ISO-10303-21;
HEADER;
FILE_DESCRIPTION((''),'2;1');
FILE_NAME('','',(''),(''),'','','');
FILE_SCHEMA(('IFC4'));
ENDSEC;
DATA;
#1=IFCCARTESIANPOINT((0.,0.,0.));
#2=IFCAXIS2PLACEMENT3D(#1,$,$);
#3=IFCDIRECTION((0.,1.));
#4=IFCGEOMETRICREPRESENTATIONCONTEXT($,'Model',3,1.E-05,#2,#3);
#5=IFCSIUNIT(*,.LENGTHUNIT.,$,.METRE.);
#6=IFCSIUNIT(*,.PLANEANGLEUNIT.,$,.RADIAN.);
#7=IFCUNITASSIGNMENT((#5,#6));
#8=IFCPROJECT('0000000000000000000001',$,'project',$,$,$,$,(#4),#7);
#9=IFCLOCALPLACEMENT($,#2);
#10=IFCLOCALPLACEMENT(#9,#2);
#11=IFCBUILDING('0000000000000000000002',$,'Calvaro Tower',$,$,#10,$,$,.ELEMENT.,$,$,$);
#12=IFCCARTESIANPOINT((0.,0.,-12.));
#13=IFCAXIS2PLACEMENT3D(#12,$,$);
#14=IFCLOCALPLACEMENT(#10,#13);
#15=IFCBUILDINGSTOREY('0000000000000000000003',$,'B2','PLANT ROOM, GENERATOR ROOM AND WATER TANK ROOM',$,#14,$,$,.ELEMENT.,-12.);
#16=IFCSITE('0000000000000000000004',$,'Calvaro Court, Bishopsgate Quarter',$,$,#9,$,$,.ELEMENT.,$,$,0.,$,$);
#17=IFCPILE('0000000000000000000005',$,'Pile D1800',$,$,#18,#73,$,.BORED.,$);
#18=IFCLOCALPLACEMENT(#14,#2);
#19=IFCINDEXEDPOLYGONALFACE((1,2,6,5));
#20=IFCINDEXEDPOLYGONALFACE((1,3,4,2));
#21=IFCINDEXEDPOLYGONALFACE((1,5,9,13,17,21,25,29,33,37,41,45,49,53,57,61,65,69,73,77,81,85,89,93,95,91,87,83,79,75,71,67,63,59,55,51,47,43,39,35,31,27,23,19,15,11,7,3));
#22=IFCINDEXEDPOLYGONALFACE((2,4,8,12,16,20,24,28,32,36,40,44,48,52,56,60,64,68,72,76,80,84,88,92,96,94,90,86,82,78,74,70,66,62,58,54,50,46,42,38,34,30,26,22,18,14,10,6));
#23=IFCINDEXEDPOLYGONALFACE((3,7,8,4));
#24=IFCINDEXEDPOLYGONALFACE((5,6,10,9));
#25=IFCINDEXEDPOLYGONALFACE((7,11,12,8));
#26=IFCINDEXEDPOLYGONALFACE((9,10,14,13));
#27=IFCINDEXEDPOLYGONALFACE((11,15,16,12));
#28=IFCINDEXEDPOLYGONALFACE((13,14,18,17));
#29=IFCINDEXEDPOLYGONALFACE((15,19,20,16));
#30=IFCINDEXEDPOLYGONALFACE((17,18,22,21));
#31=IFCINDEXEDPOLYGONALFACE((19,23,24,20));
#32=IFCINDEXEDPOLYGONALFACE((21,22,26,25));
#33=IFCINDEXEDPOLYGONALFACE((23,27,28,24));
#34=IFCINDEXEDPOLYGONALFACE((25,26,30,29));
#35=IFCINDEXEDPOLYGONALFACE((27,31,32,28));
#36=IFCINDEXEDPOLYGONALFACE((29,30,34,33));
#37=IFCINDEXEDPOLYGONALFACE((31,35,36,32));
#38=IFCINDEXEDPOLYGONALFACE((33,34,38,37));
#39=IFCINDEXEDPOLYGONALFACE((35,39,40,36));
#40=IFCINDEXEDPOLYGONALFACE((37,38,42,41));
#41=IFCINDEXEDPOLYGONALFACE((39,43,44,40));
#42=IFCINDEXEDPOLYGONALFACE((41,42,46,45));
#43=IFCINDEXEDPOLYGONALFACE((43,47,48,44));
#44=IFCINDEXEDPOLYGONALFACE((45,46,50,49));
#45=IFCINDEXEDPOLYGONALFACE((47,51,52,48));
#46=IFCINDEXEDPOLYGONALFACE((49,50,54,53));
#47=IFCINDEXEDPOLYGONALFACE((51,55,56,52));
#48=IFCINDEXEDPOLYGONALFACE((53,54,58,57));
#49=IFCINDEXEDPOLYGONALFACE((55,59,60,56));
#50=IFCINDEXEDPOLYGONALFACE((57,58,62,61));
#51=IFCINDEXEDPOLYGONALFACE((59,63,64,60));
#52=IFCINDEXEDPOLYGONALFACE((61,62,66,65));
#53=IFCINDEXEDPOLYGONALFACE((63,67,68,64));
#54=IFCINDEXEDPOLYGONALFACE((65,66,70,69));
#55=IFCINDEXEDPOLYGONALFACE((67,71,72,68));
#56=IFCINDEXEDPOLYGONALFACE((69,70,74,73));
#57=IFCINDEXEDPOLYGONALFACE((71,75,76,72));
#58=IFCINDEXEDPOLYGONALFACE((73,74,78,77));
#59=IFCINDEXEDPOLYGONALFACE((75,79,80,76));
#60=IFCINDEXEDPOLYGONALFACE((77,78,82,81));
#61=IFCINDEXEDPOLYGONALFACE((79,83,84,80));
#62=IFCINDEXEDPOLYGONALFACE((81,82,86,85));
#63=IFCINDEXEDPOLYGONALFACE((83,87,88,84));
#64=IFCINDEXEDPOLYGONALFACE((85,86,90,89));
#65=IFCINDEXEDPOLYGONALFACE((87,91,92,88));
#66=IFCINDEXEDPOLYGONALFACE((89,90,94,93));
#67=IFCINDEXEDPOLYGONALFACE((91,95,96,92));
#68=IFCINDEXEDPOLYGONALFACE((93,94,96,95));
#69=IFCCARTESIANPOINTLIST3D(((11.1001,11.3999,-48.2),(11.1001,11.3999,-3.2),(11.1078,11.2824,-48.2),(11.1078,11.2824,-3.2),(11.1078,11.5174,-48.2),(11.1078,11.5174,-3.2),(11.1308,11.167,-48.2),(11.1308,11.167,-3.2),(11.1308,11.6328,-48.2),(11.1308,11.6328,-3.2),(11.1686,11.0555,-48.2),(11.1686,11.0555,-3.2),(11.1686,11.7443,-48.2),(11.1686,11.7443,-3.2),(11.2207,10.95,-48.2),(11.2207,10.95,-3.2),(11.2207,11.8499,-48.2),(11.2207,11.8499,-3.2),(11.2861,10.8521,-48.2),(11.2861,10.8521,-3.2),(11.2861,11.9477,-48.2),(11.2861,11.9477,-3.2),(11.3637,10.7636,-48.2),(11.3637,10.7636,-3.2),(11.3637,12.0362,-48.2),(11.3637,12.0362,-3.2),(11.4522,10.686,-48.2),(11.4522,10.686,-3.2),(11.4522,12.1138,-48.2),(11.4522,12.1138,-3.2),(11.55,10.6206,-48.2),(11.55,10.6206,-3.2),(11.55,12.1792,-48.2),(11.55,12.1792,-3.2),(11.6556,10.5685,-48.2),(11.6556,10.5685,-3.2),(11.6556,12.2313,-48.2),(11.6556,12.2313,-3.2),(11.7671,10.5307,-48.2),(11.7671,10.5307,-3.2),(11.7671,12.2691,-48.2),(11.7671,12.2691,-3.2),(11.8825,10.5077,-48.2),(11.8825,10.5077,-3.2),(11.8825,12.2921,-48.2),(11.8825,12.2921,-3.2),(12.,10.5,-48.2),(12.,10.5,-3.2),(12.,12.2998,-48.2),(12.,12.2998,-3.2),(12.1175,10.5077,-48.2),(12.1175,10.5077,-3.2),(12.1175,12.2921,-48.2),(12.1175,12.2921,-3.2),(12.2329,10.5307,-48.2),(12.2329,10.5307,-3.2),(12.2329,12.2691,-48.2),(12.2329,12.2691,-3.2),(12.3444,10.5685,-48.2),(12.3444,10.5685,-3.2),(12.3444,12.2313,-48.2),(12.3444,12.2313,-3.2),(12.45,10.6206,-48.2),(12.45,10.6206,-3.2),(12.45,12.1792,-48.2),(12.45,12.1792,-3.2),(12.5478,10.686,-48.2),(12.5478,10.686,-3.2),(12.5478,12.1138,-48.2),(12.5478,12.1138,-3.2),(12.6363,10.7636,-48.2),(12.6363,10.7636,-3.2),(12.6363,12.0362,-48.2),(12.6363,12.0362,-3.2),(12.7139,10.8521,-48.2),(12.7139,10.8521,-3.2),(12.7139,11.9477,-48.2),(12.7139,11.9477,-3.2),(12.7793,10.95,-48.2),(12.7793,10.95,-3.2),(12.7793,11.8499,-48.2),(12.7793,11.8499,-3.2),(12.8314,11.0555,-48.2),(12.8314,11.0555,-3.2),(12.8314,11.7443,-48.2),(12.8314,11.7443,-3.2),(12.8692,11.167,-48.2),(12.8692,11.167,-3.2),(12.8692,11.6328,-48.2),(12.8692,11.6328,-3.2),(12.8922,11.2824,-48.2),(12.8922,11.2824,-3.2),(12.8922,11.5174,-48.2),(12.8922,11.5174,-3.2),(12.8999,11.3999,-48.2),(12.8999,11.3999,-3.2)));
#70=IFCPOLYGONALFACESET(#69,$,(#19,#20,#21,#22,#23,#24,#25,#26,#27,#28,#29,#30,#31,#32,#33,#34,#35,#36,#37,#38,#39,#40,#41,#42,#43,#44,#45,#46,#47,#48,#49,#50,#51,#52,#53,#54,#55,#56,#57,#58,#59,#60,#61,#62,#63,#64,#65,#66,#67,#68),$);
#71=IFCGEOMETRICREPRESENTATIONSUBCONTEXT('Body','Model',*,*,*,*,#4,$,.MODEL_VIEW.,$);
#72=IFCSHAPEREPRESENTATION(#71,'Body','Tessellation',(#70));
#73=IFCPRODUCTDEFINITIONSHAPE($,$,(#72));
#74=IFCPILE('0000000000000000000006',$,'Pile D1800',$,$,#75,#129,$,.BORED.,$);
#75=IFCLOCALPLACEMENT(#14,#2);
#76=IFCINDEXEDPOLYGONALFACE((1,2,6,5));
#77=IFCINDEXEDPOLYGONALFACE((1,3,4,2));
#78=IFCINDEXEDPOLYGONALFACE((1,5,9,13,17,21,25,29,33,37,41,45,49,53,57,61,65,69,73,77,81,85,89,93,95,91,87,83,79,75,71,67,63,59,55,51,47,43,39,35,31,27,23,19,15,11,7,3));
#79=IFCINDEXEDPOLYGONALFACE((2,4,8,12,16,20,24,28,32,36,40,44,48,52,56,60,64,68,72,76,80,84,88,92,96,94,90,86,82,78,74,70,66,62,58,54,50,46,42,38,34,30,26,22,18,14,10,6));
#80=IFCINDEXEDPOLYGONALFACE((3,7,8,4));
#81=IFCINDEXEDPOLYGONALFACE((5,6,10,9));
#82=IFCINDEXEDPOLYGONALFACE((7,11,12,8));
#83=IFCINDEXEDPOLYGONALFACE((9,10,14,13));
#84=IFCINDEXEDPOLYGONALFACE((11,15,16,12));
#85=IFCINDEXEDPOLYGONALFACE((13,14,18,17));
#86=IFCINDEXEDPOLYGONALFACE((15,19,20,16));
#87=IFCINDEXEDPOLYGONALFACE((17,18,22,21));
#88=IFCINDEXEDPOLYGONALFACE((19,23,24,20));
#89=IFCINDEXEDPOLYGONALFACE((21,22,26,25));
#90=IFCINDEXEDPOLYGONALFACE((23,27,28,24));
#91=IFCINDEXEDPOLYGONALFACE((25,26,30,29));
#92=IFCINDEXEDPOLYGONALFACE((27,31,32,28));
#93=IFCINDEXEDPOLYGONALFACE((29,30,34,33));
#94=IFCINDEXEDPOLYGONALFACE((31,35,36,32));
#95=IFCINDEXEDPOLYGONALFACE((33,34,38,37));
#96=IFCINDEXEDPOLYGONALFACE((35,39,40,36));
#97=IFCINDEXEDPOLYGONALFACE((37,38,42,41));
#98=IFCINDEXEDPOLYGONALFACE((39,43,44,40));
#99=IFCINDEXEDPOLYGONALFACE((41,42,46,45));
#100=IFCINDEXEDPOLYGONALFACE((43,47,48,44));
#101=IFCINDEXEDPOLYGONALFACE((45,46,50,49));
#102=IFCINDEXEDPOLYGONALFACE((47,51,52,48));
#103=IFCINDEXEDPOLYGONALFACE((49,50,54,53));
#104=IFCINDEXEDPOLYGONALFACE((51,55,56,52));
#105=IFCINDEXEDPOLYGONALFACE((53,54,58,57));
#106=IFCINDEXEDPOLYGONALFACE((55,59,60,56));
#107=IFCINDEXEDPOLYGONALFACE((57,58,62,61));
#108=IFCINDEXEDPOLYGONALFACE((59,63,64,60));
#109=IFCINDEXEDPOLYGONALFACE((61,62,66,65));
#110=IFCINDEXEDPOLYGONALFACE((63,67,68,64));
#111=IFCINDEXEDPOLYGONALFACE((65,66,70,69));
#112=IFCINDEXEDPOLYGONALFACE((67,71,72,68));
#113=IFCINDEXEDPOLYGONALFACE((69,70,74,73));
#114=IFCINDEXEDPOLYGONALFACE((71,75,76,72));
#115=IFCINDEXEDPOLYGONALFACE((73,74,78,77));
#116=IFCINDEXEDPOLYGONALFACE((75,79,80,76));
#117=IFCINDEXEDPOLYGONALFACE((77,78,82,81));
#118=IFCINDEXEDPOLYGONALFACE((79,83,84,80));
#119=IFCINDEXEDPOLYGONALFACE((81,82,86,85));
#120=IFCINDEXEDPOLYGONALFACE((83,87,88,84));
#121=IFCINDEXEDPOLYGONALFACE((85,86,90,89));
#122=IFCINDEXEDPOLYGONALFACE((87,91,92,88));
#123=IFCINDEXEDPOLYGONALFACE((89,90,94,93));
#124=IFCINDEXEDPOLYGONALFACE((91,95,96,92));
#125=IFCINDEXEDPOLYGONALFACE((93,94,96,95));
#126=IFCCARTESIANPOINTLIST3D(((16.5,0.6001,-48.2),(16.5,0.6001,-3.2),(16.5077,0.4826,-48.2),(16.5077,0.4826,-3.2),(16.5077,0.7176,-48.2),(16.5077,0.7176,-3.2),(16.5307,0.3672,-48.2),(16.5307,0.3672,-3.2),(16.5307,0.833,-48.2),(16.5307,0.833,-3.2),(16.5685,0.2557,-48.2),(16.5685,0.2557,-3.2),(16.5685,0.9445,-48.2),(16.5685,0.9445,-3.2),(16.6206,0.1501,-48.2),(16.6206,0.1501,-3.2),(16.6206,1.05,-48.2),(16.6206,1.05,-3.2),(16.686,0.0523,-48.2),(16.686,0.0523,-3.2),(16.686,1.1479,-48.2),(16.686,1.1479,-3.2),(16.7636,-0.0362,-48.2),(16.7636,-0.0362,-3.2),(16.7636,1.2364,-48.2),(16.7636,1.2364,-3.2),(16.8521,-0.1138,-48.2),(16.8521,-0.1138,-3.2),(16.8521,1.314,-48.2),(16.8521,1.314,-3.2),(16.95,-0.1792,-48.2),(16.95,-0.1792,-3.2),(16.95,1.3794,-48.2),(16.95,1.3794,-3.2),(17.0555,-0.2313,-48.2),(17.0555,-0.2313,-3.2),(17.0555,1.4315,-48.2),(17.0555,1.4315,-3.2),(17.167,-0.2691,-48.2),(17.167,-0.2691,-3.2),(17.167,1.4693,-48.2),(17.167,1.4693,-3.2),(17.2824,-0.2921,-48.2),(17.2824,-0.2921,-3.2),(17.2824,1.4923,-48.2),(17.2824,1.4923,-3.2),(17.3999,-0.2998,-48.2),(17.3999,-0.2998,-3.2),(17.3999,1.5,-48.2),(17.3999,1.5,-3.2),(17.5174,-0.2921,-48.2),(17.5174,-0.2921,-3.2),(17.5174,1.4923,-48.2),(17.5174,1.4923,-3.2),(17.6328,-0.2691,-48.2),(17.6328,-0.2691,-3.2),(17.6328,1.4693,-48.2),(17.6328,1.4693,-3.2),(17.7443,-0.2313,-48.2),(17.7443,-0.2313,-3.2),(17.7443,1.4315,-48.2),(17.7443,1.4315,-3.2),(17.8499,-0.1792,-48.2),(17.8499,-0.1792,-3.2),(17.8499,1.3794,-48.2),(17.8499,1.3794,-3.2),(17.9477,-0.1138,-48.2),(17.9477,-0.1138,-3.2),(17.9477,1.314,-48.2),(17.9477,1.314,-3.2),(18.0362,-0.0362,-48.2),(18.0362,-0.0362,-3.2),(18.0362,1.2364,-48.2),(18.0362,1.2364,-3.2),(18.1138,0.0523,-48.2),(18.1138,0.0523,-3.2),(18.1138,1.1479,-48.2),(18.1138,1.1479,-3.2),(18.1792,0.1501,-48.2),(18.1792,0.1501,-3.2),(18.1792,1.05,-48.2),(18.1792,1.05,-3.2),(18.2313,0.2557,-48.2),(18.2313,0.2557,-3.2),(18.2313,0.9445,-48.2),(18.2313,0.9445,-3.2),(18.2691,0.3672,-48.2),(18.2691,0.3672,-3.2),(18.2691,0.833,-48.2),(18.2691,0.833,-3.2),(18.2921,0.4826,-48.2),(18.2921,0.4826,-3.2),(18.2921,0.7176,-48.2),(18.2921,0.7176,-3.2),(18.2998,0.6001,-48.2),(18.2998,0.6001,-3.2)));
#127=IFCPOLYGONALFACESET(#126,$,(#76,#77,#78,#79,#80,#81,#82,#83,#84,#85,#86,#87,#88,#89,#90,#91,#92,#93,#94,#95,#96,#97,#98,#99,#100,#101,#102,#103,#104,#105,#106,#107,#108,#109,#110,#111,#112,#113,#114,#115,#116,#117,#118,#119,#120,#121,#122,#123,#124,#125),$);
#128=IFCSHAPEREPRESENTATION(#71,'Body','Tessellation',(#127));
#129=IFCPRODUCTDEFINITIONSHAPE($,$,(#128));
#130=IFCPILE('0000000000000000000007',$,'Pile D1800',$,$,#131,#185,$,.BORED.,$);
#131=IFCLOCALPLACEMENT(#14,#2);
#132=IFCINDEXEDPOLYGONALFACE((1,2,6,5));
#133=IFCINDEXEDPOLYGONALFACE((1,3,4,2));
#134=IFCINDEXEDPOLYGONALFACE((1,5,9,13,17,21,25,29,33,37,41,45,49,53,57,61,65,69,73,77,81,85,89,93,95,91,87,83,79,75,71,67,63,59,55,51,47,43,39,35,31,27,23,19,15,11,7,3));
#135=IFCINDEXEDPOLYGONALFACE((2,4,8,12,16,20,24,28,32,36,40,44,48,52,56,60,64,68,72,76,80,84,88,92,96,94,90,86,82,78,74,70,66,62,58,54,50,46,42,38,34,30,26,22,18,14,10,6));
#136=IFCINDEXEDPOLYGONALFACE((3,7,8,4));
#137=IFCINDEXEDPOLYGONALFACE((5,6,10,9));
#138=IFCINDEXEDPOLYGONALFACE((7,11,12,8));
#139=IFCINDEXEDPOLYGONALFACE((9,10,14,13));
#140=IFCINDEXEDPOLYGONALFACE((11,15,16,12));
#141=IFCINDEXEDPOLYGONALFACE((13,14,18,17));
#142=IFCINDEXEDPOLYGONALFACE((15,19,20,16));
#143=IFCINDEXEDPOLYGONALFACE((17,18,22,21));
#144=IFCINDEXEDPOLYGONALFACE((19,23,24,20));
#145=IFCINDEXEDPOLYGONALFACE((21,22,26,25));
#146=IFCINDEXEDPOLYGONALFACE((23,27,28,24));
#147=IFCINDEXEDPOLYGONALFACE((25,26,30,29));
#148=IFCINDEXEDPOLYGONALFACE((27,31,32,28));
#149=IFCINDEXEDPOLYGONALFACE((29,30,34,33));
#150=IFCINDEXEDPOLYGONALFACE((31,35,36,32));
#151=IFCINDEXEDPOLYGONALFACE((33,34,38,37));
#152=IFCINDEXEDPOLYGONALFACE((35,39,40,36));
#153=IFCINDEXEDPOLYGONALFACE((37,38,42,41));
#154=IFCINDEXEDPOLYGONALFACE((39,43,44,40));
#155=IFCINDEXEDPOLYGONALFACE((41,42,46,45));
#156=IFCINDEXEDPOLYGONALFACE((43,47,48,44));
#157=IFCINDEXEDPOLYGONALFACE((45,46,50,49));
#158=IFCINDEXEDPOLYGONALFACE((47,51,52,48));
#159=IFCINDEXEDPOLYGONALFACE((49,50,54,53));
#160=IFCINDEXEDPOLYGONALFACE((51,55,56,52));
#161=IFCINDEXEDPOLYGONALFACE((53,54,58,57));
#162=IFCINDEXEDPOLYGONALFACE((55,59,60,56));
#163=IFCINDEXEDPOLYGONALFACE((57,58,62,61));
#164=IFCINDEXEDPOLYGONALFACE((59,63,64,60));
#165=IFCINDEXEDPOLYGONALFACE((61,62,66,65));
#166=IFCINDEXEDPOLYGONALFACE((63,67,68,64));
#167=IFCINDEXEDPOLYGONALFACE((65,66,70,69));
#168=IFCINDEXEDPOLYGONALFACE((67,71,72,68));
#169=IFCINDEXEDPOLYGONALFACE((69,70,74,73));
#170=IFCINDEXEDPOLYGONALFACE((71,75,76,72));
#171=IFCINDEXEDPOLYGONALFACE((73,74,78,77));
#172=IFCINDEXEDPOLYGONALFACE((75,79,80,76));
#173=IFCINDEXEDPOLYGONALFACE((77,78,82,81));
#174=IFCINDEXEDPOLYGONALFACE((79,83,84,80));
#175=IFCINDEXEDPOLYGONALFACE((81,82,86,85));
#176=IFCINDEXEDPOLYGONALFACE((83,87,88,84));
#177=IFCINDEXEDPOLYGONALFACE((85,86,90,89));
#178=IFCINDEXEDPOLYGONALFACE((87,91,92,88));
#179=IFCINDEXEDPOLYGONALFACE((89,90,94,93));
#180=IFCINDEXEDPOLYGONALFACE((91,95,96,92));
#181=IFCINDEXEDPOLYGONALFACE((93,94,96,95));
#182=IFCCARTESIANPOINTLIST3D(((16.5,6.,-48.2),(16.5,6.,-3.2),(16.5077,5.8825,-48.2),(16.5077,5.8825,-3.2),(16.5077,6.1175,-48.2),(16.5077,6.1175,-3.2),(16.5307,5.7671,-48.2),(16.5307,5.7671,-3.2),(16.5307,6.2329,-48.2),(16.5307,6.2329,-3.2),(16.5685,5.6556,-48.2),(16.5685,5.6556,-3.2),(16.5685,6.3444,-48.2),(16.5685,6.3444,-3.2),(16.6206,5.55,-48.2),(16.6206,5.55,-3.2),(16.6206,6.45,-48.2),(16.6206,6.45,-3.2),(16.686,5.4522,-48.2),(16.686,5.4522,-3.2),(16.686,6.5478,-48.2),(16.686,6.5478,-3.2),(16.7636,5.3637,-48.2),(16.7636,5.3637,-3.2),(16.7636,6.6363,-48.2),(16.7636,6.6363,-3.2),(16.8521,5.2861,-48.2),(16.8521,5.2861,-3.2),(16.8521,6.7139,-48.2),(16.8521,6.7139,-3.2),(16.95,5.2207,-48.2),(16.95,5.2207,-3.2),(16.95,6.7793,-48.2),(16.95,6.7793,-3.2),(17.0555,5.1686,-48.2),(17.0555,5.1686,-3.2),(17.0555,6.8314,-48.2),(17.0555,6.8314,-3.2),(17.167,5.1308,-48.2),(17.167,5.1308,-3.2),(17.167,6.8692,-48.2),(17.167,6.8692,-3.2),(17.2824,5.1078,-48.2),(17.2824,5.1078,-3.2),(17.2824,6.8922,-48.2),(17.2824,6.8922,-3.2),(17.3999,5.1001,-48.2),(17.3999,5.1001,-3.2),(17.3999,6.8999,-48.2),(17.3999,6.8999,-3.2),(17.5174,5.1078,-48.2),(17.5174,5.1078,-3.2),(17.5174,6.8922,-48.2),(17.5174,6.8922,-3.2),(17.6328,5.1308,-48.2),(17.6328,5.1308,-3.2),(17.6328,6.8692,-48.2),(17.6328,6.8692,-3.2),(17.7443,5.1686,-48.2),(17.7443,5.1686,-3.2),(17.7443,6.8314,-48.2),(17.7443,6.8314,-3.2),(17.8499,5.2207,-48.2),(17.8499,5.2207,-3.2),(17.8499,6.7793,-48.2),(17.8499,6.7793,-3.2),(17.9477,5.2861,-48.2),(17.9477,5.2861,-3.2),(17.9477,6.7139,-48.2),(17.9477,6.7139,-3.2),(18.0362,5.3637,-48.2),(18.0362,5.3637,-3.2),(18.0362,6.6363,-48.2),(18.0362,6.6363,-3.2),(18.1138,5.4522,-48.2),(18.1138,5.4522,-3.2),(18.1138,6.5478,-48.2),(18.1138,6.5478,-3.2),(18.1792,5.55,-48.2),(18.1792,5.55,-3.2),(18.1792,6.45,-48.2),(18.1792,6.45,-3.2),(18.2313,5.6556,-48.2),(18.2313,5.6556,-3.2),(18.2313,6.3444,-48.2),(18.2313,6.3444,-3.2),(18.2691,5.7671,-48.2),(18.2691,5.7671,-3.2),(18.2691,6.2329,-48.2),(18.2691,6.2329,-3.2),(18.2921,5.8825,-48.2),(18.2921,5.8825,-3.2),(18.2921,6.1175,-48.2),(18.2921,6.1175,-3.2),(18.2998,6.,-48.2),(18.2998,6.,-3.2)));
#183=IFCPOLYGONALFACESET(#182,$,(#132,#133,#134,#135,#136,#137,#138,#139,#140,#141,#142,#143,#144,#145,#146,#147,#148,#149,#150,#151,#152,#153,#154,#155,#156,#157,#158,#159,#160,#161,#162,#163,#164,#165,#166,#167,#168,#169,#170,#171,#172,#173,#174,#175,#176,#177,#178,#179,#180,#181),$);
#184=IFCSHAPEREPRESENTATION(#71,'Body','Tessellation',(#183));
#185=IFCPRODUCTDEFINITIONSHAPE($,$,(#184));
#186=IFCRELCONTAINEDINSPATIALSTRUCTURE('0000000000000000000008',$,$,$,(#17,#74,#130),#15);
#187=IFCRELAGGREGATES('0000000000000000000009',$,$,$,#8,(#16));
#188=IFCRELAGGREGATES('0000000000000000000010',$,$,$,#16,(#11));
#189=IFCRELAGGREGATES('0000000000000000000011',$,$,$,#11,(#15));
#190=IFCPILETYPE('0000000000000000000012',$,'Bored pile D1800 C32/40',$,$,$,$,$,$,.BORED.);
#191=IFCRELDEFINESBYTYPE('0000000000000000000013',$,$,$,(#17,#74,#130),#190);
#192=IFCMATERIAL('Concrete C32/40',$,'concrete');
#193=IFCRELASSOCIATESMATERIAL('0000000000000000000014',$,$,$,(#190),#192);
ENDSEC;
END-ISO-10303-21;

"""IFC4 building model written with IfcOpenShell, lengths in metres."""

from ifc_helpers import new_model, si_unit, direction, frame, origin, origin_2d, place, context, subcontext, project, spatial, circle, extrude, material, material_profile, profile_set, type_object, element, save


model = new_model("IFC4")

# Units and contexts
model_context = context("Model", 3, precision=1e-05, world=origin(), true_north=direction((0.0, 1.0)))
body_context = subcontext(model_context, "Body", "Model", "MODEL_VIEW")
ifc_project = project(units=[si_unit("LENGTHUNIT", "METRE"), si_unit("PLANEANGLEUNIT", "RADIAN")], contexts=[model_context])

# Site, building, storey
site_placement = place(None, origin())
site = spatial("IfcSite", under=ifc_project, at=site_placement, Name="Calvaro Court, Bishopsgate Quarter", CompositionType="ELEMENT", RefElevation=0.0)
building_placement = place(site_placement, origin())
building = spatial("IfcBuilding", under=site, at=building_placement, Name="Calvaro Tower", CompositionType="ELEMENT")
storey_placement = place(building_placement, frame((0.0, 0.0, -12.0)))
storey = spatial("IfcBuildingStorey", under=building, at=storey_placement, Name="B2", Description="PLANT ROOM, GENERATOR ROOM AND WATER TANK ROOM", CompositionType="ELEMENT", Elevation=-12.0)

# Piles
ifc_material_1 = material(Name="Concrete C32/40", Category="concrete")
ifc_material_profile_1 = material_profile(ifc_material_1, circle(Radius=0.8999, at=origin_2d()), Name="Bored pile D1800")
ifc_profile_set_1 = profile_set([ifc_material_profile_1], Name="Concrete C32/40")
pile_type = type_object("IfcPileType", Name="Bored pile D1800 C32/40", PredefinedType="BORED", material=ifc_profile_set_1)
for number, where, z_axis, x_axis, name in (
    (1, (12.0, 11.3999, -3.2), (0.0, 0.0, -1.0), (1.0, 0.0, 0.0), "Pile D1800"),
    (2, (17.3999, 0.6001, -3.2), (0.0, 0.0, -1.0), (1.0, 0.0, 0.0), "Pile D1800"),
    (3, (17.3999, 6.0, -3.2), (0.0, 0.0, -1.0), (1.0, 0.0, 0.0), "Pile D1800"),
):
    element("IfcPile", number, at=place(storey_placement, frame(where, z_axis=z_axis, x_axis=x_axis)), inside=storey, type_object=pile_type, Name=name, PredefinedType="BORED", context=body_context, shape_type="SweptSolid", body=[
        extrude(circle(Radius=0.8999, at=origin_2d()), origin(), (0.0, 0.0, 1.0), 45.0),
    ])

save(model, "model.ifc")
